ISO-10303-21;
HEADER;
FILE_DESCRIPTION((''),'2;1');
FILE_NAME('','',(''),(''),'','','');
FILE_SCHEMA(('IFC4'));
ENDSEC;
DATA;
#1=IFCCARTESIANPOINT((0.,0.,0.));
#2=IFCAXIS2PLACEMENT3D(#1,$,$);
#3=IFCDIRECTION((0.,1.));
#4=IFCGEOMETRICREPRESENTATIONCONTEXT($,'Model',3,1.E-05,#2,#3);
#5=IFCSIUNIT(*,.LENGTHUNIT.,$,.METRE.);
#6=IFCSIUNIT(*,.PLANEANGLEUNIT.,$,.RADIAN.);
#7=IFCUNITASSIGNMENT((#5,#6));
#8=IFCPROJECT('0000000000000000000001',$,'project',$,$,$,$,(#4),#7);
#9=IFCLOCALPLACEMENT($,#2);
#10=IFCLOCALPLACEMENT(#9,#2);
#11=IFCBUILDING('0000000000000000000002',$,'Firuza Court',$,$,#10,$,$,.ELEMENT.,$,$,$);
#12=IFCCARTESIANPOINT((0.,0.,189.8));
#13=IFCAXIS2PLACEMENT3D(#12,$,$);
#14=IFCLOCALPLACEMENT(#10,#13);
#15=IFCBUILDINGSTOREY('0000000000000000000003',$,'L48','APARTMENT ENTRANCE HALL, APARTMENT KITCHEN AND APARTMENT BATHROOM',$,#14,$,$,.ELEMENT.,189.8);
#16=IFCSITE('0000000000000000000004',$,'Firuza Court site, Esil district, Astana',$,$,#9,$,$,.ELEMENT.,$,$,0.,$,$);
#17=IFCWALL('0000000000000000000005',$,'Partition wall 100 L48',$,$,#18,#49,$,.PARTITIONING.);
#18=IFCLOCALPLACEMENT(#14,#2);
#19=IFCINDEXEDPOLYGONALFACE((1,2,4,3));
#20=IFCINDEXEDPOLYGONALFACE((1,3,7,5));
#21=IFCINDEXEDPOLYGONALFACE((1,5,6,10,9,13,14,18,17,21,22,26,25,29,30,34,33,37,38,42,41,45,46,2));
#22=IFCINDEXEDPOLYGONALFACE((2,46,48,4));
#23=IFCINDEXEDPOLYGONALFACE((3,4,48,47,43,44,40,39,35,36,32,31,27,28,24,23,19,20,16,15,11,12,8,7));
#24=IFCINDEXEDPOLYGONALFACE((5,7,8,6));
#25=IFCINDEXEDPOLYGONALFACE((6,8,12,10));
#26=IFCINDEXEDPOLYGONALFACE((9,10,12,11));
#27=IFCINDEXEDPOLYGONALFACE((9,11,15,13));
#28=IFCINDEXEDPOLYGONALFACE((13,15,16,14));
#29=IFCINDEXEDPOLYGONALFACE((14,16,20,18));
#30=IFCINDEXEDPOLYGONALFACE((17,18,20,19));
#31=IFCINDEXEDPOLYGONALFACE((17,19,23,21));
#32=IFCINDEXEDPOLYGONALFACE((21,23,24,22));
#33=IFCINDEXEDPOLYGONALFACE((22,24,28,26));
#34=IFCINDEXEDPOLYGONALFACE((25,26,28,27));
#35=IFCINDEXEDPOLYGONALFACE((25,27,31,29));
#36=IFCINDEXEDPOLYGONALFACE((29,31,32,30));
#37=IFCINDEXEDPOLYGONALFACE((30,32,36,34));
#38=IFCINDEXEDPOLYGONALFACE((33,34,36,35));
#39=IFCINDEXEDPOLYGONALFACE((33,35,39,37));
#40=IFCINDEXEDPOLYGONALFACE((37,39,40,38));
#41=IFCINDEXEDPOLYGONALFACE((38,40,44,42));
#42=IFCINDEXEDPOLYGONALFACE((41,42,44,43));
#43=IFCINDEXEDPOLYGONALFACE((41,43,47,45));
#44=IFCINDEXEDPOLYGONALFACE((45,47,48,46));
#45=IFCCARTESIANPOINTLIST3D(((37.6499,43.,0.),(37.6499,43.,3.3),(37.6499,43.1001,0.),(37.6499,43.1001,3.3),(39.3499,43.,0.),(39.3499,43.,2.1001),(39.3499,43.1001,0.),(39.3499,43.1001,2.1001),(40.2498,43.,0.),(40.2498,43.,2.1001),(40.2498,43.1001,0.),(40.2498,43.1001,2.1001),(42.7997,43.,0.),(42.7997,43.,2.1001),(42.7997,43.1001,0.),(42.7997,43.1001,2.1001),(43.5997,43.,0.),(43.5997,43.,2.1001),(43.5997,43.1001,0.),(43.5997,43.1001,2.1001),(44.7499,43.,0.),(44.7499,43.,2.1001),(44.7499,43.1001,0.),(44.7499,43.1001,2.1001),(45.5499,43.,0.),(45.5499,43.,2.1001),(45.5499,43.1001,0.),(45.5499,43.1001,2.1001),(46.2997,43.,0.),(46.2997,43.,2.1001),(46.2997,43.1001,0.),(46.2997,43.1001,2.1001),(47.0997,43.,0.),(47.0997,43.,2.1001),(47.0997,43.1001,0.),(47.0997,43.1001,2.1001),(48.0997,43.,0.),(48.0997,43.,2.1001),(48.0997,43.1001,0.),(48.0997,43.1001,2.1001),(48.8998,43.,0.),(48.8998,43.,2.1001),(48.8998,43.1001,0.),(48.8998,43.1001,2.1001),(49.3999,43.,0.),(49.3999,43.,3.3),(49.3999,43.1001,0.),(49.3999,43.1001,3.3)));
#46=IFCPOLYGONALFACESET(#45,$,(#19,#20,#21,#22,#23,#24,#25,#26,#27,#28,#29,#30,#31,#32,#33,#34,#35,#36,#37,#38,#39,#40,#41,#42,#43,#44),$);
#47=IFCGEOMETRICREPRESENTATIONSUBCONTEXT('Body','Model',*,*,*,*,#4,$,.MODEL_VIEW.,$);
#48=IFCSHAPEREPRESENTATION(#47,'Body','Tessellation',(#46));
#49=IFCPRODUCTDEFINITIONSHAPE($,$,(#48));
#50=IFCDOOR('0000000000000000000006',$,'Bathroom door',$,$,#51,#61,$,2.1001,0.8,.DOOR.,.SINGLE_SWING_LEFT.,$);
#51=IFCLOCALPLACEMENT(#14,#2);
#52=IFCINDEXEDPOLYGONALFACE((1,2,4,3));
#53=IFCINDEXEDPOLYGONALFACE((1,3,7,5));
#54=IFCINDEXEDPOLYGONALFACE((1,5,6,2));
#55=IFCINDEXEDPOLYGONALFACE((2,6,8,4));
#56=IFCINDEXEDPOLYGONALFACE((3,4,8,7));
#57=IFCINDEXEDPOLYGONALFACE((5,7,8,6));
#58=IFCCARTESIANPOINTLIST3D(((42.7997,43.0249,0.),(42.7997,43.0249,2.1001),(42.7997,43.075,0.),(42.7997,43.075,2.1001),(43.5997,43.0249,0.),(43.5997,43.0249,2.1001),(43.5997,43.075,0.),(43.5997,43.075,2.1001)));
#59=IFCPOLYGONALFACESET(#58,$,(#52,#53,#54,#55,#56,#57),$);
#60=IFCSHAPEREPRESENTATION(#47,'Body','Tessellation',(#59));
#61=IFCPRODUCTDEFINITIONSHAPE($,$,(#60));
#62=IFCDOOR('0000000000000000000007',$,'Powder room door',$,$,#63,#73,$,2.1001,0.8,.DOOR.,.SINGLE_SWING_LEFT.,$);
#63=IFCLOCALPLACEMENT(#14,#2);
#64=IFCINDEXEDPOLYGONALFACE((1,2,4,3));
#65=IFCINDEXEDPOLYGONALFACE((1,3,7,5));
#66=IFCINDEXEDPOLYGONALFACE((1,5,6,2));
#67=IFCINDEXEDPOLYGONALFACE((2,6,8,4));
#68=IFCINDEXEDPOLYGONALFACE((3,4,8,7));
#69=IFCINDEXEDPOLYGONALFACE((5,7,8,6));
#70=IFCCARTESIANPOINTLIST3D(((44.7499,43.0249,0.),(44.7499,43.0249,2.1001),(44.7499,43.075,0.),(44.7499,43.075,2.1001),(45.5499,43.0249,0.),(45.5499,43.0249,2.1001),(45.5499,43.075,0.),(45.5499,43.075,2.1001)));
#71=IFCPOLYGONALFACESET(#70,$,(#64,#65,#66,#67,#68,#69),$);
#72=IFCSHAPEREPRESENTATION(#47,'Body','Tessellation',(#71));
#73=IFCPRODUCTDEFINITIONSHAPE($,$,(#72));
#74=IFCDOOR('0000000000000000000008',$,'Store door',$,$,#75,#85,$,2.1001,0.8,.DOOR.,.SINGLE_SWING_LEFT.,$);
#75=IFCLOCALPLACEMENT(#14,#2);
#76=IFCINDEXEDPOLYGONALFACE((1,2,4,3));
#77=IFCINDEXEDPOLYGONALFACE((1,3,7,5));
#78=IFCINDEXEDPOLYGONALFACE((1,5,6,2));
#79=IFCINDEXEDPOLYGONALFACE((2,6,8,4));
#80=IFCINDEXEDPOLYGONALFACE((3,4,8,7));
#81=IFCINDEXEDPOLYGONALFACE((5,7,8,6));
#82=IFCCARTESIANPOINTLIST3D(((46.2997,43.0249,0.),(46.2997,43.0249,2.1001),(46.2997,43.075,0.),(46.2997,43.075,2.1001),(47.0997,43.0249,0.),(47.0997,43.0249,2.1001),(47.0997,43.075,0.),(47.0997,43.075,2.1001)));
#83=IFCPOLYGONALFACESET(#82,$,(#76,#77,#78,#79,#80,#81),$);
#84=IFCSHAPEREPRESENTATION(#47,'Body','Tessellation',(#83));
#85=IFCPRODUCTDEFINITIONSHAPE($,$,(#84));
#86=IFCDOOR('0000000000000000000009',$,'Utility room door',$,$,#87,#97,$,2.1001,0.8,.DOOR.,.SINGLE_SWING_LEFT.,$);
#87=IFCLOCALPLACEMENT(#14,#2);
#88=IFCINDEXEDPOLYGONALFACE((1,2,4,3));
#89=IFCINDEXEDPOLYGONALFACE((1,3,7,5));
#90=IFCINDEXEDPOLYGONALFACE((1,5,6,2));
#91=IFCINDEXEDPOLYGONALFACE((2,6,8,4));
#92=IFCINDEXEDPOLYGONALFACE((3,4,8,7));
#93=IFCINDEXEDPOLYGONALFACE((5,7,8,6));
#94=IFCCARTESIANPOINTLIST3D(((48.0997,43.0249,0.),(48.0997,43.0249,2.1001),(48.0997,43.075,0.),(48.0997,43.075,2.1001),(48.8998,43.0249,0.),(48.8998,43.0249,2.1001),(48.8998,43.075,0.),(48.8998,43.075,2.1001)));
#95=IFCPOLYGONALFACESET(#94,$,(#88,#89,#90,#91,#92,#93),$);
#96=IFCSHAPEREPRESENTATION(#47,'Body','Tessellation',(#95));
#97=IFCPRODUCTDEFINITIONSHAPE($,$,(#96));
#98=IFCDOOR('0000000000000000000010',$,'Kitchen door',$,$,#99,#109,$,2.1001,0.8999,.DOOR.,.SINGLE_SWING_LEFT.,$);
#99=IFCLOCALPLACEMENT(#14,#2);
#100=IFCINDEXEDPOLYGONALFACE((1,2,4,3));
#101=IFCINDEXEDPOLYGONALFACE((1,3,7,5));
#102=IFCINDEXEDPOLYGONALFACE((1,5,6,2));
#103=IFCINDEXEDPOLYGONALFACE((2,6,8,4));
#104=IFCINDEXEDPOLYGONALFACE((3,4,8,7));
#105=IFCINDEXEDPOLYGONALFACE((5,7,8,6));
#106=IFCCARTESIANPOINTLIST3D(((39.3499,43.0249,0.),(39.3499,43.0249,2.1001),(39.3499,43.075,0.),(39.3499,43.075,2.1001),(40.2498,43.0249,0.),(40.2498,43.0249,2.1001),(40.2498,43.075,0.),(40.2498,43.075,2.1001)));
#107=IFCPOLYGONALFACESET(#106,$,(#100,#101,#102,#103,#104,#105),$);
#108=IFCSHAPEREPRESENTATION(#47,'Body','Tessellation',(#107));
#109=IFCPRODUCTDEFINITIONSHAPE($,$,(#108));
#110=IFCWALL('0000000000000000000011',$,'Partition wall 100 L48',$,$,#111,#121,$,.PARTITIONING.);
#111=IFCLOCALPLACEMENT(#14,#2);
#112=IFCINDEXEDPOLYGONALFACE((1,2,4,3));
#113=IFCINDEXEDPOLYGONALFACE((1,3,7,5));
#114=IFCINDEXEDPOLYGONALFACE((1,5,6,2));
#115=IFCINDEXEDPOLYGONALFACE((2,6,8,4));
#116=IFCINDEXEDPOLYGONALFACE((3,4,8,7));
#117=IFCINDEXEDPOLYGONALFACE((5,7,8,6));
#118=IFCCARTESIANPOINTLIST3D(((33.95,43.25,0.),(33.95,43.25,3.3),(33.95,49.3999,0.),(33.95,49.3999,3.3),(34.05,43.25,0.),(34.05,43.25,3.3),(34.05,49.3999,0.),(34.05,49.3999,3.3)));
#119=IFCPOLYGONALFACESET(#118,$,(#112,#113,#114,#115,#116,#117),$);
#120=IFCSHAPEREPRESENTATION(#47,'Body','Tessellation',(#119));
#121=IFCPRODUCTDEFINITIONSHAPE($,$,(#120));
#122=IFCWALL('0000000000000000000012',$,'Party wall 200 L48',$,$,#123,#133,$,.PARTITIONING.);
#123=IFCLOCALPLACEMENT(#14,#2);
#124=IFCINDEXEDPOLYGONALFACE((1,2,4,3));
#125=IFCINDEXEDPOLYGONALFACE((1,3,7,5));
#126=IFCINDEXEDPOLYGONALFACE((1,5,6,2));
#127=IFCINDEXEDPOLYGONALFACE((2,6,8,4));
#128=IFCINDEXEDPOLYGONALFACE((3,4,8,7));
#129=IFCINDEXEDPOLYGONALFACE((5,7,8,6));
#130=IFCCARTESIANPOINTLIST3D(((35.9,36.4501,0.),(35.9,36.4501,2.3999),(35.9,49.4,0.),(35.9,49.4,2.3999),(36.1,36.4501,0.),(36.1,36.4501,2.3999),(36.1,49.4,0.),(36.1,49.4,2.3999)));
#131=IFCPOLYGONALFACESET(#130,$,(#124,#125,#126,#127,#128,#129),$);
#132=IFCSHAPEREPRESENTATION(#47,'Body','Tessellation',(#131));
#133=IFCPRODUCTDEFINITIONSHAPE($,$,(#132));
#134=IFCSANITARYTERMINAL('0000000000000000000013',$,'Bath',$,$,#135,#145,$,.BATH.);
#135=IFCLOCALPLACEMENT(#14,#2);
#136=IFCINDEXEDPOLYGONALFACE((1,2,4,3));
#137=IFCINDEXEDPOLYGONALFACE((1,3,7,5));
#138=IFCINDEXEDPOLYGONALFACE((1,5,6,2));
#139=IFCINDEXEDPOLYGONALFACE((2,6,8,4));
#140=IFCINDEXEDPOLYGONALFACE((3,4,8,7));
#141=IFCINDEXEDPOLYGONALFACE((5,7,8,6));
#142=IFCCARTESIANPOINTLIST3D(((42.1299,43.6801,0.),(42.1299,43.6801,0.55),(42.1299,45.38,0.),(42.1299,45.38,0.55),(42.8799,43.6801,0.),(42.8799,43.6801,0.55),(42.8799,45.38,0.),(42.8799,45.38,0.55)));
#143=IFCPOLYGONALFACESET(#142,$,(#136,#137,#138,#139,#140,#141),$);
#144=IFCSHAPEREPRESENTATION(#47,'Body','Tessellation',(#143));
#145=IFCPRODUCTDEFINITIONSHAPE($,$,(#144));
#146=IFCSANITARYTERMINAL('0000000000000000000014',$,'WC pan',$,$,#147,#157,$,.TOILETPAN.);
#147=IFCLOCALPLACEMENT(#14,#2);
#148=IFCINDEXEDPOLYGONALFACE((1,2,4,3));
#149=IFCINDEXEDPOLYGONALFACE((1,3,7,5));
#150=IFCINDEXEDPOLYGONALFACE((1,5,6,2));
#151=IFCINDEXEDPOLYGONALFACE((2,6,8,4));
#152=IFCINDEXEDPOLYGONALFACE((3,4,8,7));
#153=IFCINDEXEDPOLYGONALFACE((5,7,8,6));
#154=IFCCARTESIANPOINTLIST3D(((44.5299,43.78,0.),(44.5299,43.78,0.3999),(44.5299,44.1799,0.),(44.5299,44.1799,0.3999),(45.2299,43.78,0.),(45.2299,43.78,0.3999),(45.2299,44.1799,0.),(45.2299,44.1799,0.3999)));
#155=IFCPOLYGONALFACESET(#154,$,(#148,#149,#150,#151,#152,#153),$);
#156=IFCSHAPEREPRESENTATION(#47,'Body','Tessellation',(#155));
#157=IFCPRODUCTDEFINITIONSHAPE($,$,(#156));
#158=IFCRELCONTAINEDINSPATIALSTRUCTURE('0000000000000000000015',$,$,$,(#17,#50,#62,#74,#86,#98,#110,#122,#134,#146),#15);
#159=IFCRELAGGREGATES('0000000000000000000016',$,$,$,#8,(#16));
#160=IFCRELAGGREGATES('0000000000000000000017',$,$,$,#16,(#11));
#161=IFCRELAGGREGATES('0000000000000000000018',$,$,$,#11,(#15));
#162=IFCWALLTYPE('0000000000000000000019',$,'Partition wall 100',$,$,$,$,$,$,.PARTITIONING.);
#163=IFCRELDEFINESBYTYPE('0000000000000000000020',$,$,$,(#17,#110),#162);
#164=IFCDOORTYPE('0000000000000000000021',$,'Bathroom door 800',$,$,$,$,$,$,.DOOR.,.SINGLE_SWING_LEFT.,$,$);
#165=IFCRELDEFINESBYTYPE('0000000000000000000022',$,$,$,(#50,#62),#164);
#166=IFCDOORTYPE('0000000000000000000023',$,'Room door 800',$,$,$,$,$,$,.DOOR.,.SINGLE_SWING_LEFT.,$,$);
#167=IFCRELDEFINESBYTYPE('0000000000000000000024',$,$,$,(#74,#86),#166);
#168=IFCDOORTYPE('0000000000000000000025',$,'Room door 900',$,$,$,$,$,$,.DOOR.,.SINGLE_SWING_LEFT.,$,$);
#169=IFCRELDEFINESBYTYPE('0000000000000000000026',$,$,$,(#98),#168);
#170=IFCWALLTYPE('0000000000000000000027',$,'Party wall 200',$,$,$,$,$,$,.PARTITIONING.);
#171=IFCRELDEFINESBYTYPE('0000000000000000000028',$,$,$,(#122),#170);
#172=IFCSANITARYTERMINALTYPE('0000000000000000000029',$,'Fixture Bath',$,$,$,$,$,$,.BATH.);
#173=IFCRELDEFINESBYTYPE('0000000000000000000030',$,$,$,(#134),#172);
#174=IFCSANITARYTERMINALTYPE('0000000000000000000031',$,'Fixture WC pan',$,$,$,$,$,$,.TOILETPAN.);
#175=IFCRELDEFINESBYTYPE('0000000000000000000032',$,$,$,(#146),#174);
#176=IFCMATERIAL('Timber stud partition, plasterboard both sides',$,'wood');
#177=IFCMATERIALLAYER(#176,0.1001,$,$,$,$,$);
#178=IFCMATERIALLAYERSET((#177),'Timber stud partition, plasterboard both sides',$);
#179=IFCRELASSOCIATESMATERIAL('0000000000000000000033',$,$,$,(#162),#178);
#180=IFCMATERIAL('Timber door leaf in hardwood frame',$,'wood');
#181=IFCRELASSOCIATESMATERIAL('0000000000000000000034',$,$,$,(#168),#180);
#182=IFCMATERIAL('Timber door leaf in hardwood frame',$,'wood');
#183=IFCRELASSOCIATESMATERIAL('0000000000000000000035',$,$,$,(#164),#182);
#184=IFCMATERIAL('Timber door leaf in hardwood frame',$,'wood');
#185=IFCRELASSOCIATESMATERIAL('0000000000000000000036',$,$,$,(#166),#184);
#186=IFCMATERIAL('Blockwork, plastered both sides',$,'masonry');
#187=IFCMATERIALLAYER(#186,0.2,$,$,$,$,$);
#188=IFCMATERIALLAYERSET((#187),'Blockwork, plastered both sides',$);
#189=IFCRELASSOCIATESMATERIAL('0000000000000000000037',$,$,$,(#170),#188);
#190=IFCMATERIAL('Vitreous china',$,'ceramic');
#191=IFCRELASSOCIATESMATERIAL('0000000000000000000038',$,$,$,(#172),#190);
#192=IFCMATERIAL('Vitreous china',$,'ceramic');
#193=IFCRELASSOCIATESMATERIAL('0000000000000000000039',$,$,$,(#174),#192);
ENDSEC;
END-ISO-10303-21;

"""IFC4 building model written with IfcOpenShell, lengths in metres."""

from ifc_helpers import new_model, si_unit, direction, frame, frame_2d, origin, origin_2d, place, context, subcontext, project, spatial, rectangle, extrude, material, layer, layer_set, type_object, element, fill, save


model = new_model("IFC4")

# Units and contexts
model_context = context("Model", 3, precision=1e-05, world=origin(), true_north=direction((0.0, 1.0)))
body_context = subcontext(model_context, "Body", "Model", "MODEL_VIEW")
ifc_project = project(units=[si_unit("LENGTHUNIT", "METRE"), si_unit("PLANEANGLEUNIT", "RADIAN")], contexts=[model_context])

# Site, building, storey
site_placement = place(None, origin())
site = spatial("IfcSite", under=ifc_project, at=site_placement, Name="Firuza Court site, Esil district, Astana", CompositionType="ELEMENT", RefElevation=0.0)
building_placement = place(site_placement, origin())
building = spatial("IfcBuilding", under=site, at=building_placement, Name="Firuza Court", CompositionType="ELEMENT")
storey_placement = place(building_placement, frame((0.0, 0.0, 189.8)))
storey = spatial("IfcBuildingStorey", under=building, at=storey_placement, Name="L48", Description="APARTMENT ENTRANCE HALL, APARTMENT KITCHEN AND APARTMENT BATHROOM", CompositionType="ELEMENT", Elevation=189.8)

# Shared definitions
ifc_material_1 = material(Name="Timber stud partition, plasterboard both sides", Category="wood")
ifc_layer_1 = layer(ifc_material_1, 0.1001)
ifc_layer_set_1 = layer_set([ifc_layer_1], Name="Timber stud partition, plasterboard both sides")
wall_type_1 = type_object("IfcWallType", Name="Partition wall 100", PredefinedType="PARTITIONING", material=ifc_layer_set_1)

# Shared definitions
ifc_material_2 = material(Name="Timber door leaf in hardwood frame", Category="wood")
door_type_1 = type_object("IfcDoorType", Name="Room door 900", OperationType="SINGLE_SWING_LEFT", PredefinedType="DOOR", material=ifc_material_2)

# Wall, openings, doors
wall_1_placement = place(storey_placement, frame((37.6499, 43.05, 0.0), z_axis=(0.0, 0.0, 1.0), x_axis=(1.0, 0.0, 0.0)))
wall_1 = element("IfcWall", 1, at=wall_1_placement, inside=storey, type_object=wall_type_1, Name="Partition wall 100 L48", PredefinedType="PARTITIONING", context=body_context, shape_type="SweptSolid", body=[
    extrude(rectangle(XDim=11.75, YDim=0.1001, at=frame_2d((5.875, 0.0))), origin(), (0.0, 0.0, 1.0), 3.3),
])
opening_1_placement = place(wall_1_placement, frame((5.1499, 0.0, 0.0)))
opening_1 = element("IfcOpeningElement", 2, at=opening_1_placement, cuts=wall_1, PredefinedType="OPENING", context=body_context, shape_type="SweptSolid", body=[
    extrude(rectangle(XDim=0.8, YDim=2.1001, at=frame_2d((0.3999, 1.05))), frame((0.0, 0.062, 0.0), z_axis=(0.0, -1.0, 0.0), x_axis=(1.0, 0.0, 0.0)), (0.0, 0.0, 1.0), 0.124),
])
opening_2_placement = place(wall_1_placement, frame((1.7, 0.0, 0.0)))
opening_2 = element("IfcOpeningElement", 3, at=opening_2_placement, cuts=wall_1, PredefinedType="OPENING", context=body_context, shape_type="SweptSolid", body=[
    extrude(rectangle(XDim=0.8999, YDim=2.1001, at=frame_2d((0.45, 1.05))), frame((0.0, 0.062, 0.0), z_axis=(0.0, -1.0, 0.0), x_axis=(1.0, 0.0, 0.0)), (0.0, 0.0, 1.0), 0.124),
])
opening_3_placement = place(wall_1_placement, frame((8.6499, 0.0, 0.0)))
opening_3 = element("IfcOpeningElement", 4, at=opening_3_placement, cuts=wall_1, PredefinedType="OPENING", context=body_context, shape_type="SweptSolid", body=[
    extrude(rectangle(XDim=0.8, YDim=2.1001, at=frame_2d((0.3999, 1.05))), frame((0.0, 0.062, 0.0), z_axis=(0.0, -1.0, 0.0), x_axis=(1.0, 0.0, 0.0)), (0.0, 0.0, 1.0), 0.124),
])
opening_4_placement = place(wall_1_placement, frame((10.45, 0.0, 0.0)))
opening_4 = element("IfcOpeningElement", 5, at=opening_4_placement, cuts=wall_1, PredefinedType="OPENING", context=body_context, shape_type="SweptSolid", body=[
    extrude(rectangle(XDim=0.8, YDim=2.1001, at=frame_2d((0.3999, 1.05))), frame((0.0, 0.062, 0.0), z_axis=(0.0, -1.0, 0.0), x_axis=(1.0, 0.0, 0.0)), (0.0, 0.0, 1.0), 0.124),
])
opening_5_placement = place(wall_1_placement, frame((7.1001, 0.0, 0.0)))
opening_5 = element("IfcOpeningElement", 6, at=opening_5_placement, cuts=wall_1, PredefinedType="OPENING", context=body_context, shape_type="SweptSolid", body=[
    extrude(rectangle(XDim=0.8, YDim=2.1001, at=frame_2d((0.3999, 1.05))), frame((0.0, 0.062, 0.0), z_axis=(0.0, -1.0, 0.0), x_axis=(1.0, 0.0, 0.0)), (0.0, 0.0, 1.0), 0.124),
])
ifc_material_3 = material(Name="Timber door leaf in hardwood frame", Category="wood")
door_type_2 = type_object("IfcDoorType", Name="Bathroom door 800", OperationType="SINGLE_SWING_LEFT", PredefinedType="DOOR", material=ifc_material_3)
door_1_placement = place(opening_1_placement, origin())
door_1 = element("IfcDoor", 7, at=door_1_placement, inside=storey, type_object=door_type_2, Name="Bathroom door", OperationType="SINGLE_SWING_LEFT", OverallHeight=2.1001, OverallWidth=0.8, PredefinedType="DOOR", context=body_context, shape_type="SweptSolid", body=[
    extrude(rectangle(XDim=0.8, YDim=2.1001, at=frame_2d((0.3999, 1.05))), frame((0.0, 0.0249, 0.0), z_axis=(0.0, -1.0, 0.0), x_axis=(1.0, 0.0, 0.0)), (0.0, 0.0, 1.0), 0.05),
])
fill(opening_1, door_1)
door_2_placement = place(opening_5_placement, origin())
door_2 = element("IfcDoor", 8, at=door_2_placement, inside=storey, type_object=door_type_2, Name="Powder room door", OperationType="SINGLE_SWING_LEFT", OverallHeight=2.1001, OverallWidth=0.8, PredefinedType="DOOR", context=body_context, shape_type="SweptSolid", body=[
    extrude(rectangle(XDim=0.8, YDim=2.1001, at=frame_2d((0.3999, 1.05))), frame((0.0, 0.0249, 0.0), z_axis=(0.0, -1.0, 0.0), x_axis=(1.0, 0.0, 0.0)), (0.0, 0.0, 1.0), 0.05),
])
fill(opening_5, door_2)
ifc_material_4 = material(Name="Timber door leaf in hardwood frame", Category="wood")
door_type_3 = type_object("IfcDoorType", Name="Room door 800", OperationType="SINGLE_SWING_LEFT", PredefinedType="DOOR", material=ifc_material_4)
door_3_placement = place(opening_3_placement, origin())
door_3 = element("IfcDoor", 9, at=door_3_placement, inside=storey, type_object=door_type_3, Name="Store door", OperationType="SINGLE_SWING_LEFT", OverallHeight=2.1001, OverallWidth=0.8, PredefinedType="DOOR", context=body_context, shape_type="SweptSolid", body=[
    extrude(rectangle(XDim=0.8, YDim=2.1001, at=frame_2d((0.3999, 1.05))), frame((0.0, 0.0249, 0.0), z_axis=(0.0, -1.0, 0.0), x_axis=(1.0, 0.0, 0.0)), (0.0, 0.0, 1.0), 0.05),
])
fill(opening_3, door_3)
door_4_placement = place(opening_4_placement, origin())
door_4 = element("IfcDoor", 10, at=door_4_placement, inside=storey, type_object=door_type_3, Name="Utility room door", OperationType="SINGLE_SWING_LEFT", OverallHeight=2.1001, OverallWidth=0.8, PredefinedType="DOOR", context=body_context, shape_type="SweptSolid", body=[
    extrude(rectangle(XDim=0.8, YDim=2.1001, at=frame_2d((0.3999, 1.05))), frame((0.0, 0.0249, 0.0), z_axis=(0.0, -1.0, 0.0), x_axis=(1.0, 0.0, 0.0)), (0.0, 0.0, 1.0), 0.05),
])
fill(opening_4, door_4)
door_5_placement = place(opening_2_placement, origin())
door_5 = element("IfcDoor", 11, at=door_5_placement, inside=storey, type_object=door_type_1, Name="Kitchen door", OperationType="SINGLE_SWING_LEFT", OverallHeight=2.1001, OverallWidth=0.8999, PredefinedType="DOOR", context=body_context, shape_type="SweptSolid", body=[
    extrude(rectangle(XDim=0.8999, YDim=2.1001, at=frame_2d((0.45, 1.05))), frame((0.0, 0.0249, 0.0), z_axis=(0.0, -1.0, 0.0), x_axis=(1.0, 0.0, 0.0)), (0.0, 0.0, 1.0), 0.05),
])
fill(opening_2, door_5)

# Walls
wall_2_placement = place(storey_placement, frame((34.0, 43.25, 0.0), z_axis=(0.0, 0.0, 1.0), x_axis=(0.0, 1.0, 0.0)))
element("IfcWall", 12, at=wall_2_placement, inside=storey, type_object=wall_type_1, Name="Partition wall 100 L48", PredefinedType="PARTITIONING", context=body_context, shape_type="SweptSolid", body=[
    extrude(rectangle(XDim=6.1499, YDim=0.1001, at=frame_2d((3.075, 0.0))), origin(), (0.0, 0.0, 1.0), 3.3),
])
ifc_material_5 = material(Name="Blockwork, plastered both sides", Category="masonry")
ifc_layer_2 = layer(ifc_material_5, 0.2)
ifc_layer_set_2 = layer_set([ifc_layer_2], Name="Blockwork, plastered both sides")
wall_type_2 = type_object("IfcWallType", Name="Party wall 200", PredefinedType="PARTITIONING", material=ifc_layer_set_2)
wall_3_placement = place(storey_placement, frame((36.0, 36.45, 0.0), z_axis=(0.0, 0.0, 1.0), x_axis=(0.0, 1.0, 0.0)))
element("IfcWall", 13, at=wall_3_placement, inside=storey, type_object=wall_type_2, Name="Party wall 200 L48", PredefinedType="PARTITIONING", context=body_context, shape_type="SweptSolid", body=[
    extrude(rectangle(XDim=12.95, YDim=0.2, at=frame_2d((6.4751, 0.0))), origin(), (0.0, 0.0, 1.0), 2.3999),
])

# Sanitary terminals
ifc_material_6 = material(Name="Vitreous china", Category="ceramic")
sanitary_terminal_type_1 = type_object("IfcSanitaryTerminalType", Name="Fixture Bath", PredefinedType="BATH", material=ifc_material_6)
sanitary_terminal_1_placement = place(storey_placement, frame((42.5049, 44.53, 0.0), z_axis=(0.0, 0.0, 1.0), x_axis=(1.0, 0.0, 0.0)))
element("IfcSanitaryTerminal", 14, at=sanitary_terminal_1_placement, inside=storey, type_object=sanitary_terminal_type_1, Name="Bath", PredefinedType="BATH", context=body_context, shape_type="SweptSolid", body=[
    extrude(rectangle(XDim=0.75, YDim=1.7, at=origin_2d()), origin(), (0.0, 0.0, 1.0), 0.55),
])
ifc_material_7 = material(Name="Vitreous china", Category="ceramic")
sanitary_terminal_type_2 = type_object("IfcSanitaryTerminalType", Name="Fixture WC pan", PredefinedType="TOILETPAN", material=ifc_material_7)
sanitary_terminal_2_placement = place(storey_placement, frame((44.8799, 43.98, 0.0), z_axis=(0.0, 0.0, 1.0), x_axis=(1.0, 0.0, 0.0)))
element("IfcSanitaryTerminal", 15, at=sanitary_terminal_2_placement, inside=storey, type_object=sanitary_terminal_type_2, Name="WC pan", PredefinedType="TOILETPAN", context=body_context, shape_type="SweptSolid", body=[
    extrude(rectangle(XDim=0.7, YDim=0.3999, at=origin_2d()), origin(), (0.0, 0.0, 1.0), 0.3999),
])

save(model, "model.ifc")
